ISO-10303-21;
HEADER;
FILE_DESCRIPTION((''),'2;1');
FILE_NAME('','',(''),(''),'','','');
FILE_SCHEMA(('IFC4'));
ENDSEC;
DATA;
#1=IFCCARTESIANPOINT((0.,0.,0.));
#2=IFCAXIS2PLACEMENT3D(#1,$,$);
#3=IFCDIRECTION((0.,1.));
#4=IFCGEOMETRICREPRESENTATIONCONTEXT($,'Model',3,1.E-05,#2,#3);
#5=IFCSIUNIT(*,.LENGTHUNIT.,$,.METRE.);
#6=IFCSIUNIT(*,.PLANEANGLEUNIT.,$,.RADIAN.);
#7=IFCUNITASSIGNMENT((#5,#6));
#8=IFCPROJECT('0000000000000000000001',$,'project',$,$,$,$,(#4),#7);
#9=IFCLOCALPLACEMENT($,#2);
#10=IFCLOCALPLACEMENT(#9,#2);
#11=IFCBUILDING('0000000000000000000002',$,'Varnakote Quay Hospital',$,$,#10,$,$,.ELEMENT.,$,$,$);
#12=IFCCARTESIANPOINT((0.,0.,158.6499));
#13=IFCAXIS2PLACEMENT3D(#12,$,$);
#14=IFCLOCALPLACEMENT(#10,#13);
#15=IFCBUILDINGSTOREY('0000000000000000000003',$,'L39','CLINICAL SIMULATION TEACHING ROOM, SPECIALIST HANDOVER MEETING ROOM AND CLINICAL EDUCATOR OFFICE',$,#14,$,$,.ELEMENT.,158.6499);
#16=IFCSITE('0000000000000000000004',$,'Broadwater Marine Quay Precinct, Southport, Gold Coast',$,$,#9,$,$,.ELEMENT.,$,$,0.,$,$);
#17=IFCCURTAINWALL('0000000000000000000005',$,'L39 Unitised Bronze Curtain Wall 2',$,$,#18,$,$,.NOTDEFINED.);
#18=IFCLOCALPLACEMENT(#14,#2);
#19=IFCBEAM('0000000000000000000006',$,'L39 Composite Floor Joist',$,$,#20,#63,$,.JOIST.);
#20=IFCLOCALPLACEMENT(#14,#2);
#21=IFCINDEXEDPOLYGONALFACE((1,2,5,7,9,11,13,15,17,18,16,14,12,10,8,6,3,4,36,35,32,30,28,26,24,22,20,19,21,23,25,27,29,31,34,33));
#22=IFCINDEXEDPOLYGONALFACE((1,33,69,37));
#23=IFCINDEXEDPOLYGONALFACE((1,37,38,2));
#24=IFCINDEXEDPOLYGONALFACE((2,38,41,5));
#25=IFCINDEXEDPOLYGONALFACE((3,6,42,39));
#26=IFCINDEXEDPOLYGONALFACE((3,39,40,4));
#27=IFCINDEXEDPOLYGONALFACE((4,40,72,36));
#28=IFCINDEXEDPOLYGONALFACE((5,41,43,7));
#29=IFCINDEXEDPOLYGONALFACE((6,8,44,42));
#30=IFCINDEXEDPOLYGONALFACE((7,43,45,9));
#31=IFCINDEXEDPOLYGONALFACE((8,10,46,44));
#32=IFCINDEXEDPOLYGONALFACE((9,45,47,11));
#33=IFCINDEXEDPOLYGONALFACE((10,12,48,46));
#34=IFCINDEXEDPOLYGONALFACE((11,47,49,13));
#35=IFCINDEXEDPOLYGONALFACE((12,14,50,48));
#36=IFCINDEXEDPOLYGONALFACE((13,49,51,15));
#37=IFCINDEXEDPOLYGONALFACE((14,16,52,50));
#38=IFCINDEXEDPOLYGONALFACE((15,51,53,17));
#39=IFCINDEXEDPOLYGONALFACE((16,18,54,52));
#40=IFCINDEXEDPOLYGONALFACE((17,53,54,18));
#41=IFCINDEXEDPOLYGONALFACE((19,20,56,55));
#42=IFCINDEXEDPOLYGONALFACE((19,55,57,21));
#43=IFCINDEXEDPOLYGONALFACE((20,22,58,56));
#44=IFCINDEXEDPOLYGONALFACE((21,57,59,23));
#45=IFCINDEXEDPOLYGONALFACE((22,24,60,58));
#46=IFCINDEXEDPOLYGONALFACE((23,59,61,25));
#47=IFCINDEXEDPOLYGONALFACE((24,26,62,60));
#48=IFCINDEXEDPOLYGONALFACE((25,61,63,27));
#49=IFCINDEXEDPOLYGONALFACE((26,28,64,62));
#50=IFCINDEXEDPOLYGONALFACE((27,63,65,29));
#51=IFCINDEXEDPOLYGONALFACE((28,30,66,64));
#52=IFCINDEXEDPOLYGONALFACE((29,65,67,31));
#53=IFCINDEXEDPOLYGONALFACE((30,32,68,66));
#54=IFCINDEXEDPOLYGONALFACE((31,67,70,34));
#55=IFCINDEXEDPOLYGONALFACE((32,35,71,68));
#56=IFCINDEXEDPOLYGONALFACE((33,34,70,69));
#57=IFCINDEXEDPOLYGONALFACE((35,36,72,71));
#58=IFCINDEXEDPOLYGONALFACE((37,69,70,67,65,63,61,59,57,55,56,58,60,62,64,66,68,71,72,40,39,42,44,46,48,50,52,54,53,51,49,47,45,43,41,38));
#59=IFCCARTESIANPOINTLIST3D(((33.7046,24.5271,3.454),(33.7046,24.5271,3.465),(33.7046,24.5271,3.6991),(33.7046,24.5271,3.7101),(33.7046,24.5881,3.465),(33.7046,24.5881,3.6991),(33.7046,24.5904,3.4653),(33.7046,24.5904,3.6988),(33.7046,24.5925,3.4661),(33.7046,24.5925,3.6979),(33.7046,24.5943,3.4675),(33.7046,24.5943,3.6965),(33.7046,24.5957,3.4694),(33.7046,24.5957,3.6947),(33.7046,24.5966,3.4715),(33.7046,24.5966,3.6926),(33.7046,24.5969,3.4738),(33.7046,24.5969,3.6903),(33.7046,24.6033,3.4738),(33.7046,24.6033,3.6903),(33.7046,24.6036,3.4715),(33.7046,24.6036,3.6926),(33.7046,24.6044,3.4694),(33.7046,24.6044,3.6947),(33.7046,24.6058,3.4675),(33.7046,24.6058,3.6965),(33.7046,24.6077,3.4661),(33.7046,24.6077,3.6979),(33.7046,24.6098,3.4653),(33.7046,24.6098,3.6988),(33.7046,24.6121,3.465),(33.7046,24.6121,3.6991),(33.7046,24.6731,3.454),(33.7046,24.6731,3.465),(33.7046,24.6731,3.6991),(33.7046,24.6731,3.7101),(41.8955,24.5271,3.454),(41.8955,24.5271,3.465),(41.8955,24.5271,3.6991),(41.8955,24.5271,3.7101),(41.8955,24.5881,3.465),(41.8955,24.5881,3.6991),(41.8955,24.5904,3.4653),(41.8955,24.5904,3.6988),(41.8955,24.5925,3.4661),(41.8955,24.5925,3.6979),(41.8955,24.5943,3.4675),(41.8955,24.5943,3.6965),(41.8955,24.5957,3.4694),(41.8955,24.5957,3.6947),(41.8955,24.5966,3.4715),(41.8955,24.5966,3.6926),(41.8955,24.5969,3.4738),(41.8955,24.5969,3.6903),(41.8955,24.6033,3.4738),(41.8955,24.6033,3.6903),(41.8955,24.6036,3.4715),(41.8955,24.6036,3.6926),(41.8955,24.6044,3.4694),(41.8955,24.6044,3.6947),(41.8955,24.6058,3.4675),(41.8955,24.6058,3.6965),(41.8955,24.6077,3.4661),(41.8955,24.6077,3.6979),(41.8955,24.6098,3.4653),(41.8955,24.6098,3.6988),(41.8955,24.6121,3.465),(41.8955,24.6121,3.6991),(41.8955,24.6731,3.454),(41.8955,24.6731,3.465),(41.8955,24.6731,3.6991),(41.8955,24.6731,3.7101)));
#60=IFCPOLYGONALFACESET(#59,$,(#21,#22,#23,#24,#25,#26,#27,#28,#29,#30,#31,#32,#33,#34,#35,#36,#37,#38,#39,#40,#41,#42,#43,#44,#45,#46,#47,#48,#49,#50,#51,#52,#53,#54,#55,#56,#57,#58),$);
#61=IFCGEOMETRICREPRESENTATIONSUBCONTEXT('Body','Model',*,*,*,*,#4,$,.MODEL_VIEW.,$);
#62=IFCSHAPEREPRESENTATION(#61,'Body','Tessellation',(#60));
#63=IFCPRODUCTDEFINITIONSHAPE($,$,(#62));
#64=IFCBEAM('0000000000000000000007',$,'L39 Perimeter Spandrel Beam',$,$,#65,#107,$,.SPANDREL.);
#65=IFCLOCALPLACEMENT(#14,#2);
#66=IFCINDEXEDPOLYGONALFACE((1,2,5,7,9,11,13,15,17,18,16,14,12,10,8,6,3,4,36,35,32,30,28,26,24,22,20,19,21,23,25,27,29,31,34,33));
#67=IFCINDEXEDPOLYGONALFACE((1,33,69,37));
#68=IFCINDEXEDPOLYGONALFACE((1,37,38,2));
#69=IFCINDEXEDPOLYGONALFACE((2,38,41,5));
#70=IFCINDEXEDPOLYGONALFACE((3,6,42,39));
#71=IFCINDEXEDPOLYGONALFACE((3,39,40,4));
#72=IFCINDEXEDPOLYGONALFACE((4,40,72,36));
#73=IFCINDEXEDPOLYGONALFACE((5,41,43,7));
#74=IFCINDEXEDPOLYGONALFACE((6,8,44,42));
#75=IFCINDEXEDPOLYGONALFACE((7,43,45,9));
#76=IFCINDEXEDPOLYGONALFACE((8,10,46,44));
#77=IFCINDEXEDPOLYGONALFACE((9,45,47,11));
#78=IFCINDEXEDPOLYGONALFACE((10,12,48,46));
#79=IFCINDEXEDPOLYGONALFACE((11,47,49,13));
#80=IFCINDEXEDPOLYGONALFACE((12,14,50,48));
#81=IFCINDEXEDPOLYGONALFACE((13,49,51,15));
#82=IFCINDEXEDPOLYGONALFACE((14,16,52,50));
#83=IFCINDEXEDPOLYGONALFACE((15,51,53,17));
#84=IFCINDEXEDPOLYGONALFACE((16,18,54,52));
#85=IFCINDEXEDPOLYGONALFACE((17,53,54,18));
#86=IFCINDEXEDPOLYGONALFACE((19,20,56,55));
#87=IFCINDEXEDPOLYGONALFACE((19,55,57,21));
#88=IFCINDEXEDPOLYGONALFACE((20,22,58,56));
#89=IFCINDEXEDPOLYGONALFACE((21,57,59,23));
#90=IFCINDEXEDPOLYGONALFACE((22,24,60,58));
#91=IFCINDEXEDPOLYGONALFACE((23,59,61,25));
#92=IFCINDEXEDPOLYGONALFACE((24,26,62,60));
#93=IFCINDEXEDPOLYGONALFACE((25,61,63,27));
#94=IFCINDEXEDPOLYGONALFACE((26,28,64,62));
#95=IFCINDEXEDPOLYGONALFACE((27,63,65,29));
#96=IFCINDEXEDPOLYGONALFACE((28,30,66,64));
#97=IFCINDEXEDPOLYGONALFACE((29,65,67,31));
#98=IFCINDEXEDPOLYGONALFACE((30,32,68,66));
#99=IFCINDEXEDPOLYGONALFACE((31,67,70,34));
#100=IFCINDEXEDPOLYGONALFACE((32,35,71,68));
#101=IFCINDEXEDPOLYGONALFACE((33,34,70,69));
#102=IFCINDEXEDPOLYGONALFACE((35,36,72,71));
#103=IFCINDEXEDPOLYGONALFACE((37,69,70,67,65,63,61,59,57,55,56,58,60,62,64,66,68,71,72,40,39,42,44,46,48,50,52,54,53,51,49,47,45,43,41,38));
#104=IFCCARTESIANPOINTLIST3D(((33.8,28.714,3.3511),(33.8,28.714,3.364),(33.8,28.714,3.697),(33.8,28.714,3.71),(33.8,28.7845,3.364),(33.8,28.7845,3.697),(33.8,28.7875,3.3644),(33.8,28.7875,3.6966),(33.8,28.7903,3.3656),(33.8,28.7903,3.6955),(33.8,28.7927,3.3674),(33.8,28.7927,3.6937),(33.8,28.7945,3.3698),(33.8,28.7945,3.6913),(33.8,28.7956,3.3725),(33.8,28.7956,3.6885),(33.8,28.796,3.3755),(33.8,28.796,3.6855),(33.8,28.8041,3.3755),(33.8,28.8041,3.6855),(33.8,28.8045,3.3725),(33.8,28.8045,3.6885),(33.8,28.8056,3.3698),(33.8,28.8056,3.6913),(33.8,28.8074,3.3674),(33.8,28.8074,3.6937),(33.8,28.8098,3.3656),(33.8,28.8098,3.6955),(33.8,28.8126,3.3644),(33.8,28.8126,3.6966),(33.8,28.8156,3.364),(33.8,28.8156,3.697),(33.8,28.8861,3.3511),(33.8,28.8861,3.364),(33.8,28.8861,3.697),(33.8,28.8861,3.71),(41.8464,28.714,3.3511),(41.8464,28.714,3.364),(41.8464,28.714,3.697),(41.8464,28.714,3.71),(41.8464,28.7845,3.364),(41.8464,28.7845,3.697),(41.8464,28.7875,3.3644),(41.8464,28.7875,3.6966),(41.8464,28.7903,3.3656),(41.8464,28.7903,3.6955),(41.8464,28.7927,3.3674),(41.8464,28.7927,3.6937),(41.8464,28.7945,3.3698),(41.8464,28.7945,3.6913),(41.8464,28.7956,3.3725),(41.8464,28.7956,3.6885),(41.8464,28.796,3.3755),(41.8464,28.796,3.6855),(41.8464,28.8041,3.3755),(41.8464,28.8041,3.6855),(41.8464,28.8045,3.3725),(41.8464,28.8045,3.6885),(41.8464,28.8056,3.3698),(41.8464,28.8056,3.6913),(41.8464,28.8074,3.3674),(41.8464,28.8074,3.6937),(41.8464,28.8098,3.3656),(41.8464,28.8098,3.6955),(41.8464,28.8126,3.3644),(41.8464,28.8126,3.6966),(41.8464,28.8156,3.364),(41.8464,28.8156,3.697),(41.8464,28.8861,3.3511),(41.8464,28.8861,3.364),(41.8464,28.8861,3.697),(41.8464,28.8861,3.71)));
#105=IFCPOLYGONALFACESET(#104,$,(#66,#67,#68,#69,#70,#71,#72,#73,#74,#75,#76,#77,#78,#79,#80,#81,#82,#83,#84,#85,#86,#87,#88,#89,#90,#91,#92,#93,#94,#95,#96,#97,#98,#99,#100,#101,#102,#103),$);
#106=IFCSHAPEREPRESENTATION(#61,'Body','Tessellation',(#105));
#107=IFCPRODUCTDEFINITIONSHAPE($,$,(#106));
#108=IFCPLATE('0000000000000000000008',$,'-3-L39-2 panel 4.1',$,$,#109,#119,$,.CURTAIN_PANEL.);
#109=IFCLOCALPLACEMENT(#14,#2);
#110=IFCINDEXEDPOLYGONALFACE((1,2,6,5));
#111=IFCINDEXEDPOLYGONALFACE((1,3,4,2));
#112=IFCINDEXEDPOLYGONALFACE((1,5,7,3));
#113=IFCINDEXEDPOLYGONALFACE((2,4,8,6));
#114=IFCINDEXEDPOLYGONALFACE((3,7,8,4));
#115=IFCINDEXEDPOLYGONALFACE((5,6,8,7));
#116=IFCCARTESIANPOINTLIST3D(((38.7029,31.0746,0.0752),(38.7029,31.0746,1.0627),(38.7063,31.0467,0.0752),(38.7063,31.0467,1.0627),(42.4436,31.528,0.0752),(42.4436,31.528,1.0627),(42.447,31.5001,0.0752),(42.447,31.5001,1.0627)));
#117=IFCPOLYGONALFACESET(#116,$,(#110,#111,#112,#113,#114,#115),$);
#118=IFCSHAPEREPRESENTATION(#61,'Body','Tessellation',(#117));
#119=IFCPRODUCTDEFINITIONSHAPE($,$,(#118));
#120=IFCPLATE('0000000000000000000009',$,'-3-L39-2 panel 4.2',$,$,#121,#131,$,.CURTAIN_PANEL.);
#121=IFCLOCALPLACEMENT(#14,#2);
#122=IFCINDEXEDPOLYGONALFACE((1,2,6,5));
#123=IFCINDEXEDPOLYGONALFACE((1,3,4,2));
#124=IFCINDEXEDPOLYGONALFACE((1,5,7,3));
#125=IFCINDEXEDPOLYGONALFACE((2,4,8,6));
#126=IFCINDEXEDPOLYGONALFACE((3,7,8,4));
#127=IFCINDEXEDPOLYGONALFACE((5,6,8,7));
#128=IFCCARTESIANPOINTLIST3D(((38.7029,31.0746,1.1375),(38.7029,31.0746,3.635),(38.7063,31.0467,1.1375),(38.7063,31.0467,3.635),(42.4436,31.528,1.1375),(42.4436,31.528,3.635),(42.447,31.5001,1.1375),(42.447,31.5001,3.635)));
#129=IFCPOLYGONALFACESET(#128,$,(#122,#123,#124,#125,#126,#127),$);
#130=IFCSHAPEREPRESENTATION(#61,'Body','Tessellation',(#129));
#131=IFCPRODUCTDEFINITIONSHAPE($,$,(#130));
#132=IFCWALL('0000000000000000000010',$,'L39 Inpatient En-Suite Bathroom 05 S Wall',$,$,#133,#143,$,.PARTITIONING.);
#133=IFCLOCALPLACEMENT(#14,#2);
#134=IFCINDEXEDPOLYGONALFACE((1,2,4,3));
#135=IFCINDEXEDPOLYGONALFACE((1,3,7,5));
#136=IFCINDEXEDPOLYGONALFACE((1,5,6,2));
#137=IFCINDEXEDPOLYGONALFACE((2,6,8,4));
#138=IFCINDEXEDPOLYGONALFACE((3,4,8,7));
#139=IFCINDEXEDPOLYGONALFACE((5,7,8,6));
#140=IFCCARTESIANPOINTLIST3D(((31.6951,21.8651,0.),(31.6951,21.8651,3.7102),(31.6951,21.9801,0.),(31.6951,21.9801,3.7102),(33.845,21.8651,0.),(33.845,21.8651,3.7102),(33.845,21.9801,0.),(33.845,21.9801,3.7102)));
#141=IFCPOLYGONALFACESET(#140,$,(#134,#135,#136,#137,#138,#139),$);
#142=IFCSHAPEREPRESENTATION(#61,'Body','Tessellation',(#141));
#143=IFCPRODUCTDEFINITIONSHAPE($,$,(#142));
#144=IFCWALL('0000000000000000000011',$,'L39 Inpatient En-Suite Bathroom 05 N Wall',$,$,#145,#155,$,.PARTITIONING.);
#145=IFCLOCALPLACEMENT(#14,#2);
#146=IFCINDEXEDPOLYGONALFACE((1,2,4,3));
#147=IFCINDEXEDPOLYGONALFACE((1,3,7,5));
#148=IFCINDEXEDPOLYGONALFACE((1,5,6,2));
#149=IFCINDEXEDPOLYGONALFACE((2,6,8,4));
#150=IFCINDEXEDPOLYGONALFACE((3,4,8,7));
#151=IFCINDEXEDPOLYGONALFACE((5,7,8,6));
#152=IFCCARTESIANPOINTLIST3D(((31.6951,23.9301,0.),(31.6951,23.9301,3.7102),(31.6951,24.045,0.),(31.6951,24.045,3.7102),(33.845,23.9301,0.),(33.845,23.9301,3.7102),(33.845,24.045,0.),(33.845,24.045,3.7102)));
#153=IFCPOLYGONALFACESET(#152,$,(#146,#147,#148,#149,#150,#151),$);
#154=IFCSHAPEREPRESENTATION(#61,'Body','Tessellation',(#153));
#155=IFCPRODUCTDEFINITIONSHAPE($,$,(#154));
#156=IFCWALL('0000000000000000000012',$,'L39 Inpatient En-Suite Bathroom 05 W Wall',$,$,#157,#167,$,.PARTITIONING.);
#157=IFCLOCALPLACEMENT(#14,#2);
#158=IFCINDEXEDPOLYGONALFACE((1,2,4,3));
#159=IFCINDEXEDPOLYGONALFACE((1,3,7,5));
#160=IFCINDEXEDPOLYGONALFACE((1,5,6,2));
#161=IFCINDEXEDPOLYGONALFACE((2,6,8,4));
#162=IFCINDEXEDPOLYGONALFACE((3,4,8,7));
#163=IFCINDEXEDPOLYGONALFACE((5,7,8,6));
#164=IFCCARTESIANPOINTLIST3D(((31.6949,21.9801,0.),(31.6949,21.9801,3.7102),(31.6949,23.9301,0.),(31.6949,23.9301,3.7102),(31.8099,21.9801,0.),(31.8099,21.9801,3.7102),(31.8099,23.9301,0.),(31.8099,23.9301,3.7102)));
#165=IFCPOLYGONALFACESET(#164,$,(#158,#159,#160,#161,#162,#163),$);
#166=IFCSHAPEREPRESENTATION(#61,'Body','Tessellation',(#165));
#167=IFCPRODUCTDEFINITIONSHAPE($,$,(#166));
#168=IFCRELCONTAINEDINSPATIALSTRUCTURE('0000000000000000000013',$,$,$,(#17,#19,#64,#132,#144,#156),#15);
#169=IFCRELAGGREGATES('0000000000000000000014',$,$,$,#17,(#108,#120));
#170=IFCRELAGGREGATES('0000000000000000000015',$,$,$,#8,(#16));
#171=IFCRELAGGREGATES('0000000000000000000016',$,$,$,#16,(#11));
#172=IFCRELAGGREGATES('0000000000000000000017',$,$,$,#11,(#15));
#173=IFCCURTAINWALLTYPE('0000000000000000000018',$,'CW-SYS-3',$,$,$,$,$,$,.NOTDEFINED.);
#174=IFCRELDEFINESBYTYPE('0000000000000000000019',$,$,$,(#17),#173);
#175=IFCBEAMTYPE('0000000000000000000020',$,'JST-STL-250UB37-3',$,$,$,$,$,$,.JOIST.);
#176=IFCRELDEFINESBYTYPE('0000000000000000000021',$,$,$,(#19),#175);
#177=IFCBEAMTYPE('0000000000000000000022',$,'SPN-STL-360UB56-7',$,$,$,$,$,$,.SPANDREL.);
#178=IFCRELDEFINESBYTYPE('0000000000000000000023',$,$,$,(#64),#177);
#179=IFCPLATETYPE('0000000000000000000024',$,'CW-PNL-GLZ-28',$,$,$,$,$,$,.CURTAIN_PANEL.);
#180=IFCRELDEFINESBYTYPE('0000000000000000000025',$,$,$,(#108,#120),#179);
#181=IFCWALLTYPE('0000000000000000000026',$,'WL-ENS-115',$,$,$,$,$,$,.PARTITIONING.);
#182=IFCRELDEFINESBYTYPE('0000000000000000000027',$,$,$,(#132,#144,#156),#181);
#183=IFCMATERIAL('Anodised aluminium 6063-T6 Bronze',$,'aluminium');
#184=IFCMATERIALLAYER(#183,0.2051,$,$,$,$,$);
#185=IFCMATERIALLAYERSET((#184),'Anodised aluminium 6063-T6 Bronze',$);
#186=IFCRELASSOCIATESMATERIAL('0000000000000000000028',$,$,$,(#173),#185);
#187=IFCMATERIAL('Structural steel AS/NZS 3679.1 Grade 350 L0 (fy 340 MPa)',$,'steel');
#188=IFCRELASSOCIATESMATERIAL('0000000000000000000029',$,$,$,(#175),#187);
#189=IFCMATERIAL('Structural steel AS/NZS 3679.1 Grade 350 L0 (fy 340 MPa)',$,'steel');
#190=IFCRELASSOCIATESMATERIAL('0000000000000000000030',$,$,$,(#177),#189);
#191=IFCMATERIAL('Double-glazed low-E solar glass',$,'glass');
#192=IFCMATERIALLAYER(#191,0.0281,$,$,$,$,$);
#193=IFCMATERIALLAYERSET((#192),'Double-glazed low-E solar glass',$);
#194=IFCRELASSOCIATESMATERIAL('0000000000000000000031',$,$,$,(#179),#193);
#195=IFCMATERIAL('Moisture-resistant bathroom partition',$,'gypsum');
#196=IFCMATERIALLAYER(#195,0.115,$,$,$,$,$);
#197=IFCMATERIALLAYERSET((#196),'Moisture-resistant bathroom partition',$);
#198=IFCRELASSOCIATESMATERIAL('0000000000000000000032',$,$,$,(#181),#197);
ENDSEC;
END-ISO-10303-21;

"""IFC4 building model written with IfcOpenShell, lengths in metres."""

from ifc_helpers import new_model, si_unit, direction, frame, frame_2d, origin, origin_2d, place, context, subcontext, project, spatial, rectangle, i_section, extrude, material, layer, layer_set, material_profile, profile_set, type_object, element, aggregate, save


model = new_model("IFC4")

# Units and contexts
model_context = context("Model", 3, precision=1e-05, world=origin(), true_north=direction((0.0, 1.0)))
body_context = subcontext(model_context, "Body", "Model", "MODEL_VIEW")
ifc_project = project(units=[si_unit("LENGTHUNIT", "METRE"), si_unit("PLANEANGLEUNIT", "RADIAN")], contexts=[model_context])

# Site, building, storey
site_placement = place(None, origin())
site = spatial("IfcSite", under=ifc_project, at=site_placement, Name="Broadwater Marine Quay Precinct, Southport, Gold Coast", CompositionType="ELEMENT", RefElevation=0.0)
building_placement = place(site_placement, origin())
building = spatial("IfcBuilding", under=site, at=building_placement, Name="Varnakote Quay Hospital", CompositionType="ELEMENT")
storey_placement = place(building_placement, frame((0.0, 0.0, 158.6499)))
storey = spatial("IfcBuildingStorey", under=building, at=storey_placement, Name="L39", Description="CLINICAL SIMULATION TEACHING ROOM, SPECIALIST HANDOVER MEETING ROOM AND CLINICAL EDUCATOR OFFICE", CompositionType="ELEMENT", Elevation=158.6499)

# Curtain wall
ifc_material_1 = material(Name="Anodised aluminium 6063-T6 Bronze", Category="aluminium")
ifc_layer_1 = layer(ifc_material_1, 0.2051)
ifc_layer_set_1 = layer_set([ifc_layer_1], Name="Anodised aluminium 6063-T6 Bronze")
curtain_wall_type = type_object("IfcCurtainWallType", Name="CW-SYS-3", PredefinedType="NOTDEFINED", material=ifc_layer_set_1)
curtain_wall_placement = place(storey_placement, origin())
curtain_wall = element("IfcCurtainWall", 1, at=curtain_wall_placement, inside=storey, type_object=curtain_wall_type, Name="L39 Unitised Bronze Curtain Wall 2", PredefinedType="NOTDEFINED")

# Beams
ifc_material_2 = material(Name="Structural steel AS/NZS 3679.1 Grade 350 L0 (fy 340 MPa)", Category="steel")
ifc_material_profile_1 = material_profile(ifc_material_2, i_section(OverallWidth=0.146, OverallDepth=0.2561, WebThickness=0.0063, FlangeThickness=0.011, FilletRadius=0.0088, at=origin_2d()), Name="250UB37.3")
ifc_profile_set_1 = profile_set([ifc_material_profile_1], Name="Structural steel AS/NZS 3679.1 Grade 350 L0 (fy 340 MPa)")
beam_type_1 = type_object("IfcBeamType", Name="JST-STL-250UB37-3", PredefinedType="JOIST", material=ifc_profile_set_1)
beam_1_placement = place(storey_placement, frame((33.7046, 24.6001, 3.582), z_axis=(1.0, 0.0, 0.0), x_axis=(0.0, 1.0, 0.0)))
element("IfcBeam", 2, at=beam_1_placement, inside=storey, type_object=beam_type_1, Name="L39 Composite Floor Joist", PredefinedType="JOIST", context=body_context, shape_type="SweptSolid", body=[
    extrude(i_section(OverallWidth=0.146, OverallDepth=0.2561, WebThickness=0.0063, FlangeThickness=0.011, FilletRadius=0.0088, at=origin_2d()), origin(), (0.0, 0.0, 1.0), 8.1909),
])
ifc_material_3 = material(Name="Structural steel AS/NZS 3679.1 Grade 350 L0 (fy 340 MPa)", Category="steel")
ifc_material_profile_2 = material_profile(ifc_material_3, i_section(OverallWidth=0.1721, OverallDepth=0.3589, WebThickness=0.0081, FlangeThickness=0.0129, FilletRadius=0.0115, at=origin_2d()), Name="360UB56.7")
ifc_profile_set_2 = profile_set([ifc_material_profile_2], Name="Structural steel AS/NZS 3679.1 Grade 350 L0 (fy 340 MPa)")
beam_type_2 = type_object("IfcBeamType", Name="SPN-STL-360UB56-7", PredefinedType="SPANDREL", material=ifc_profile_set_2)
beam_2_placement = place(storey_placement, frame((33.8, 28.8, 3.5305), z_axis=(1.0, 0.0, 0.0), x_axis=(0.0, 1.0, 0.0)))
element("IfcBeam", 3, at=beam_2_placement, inside=storey, type_object=beam_type_2, Name="L39 Perimeter Spandrel Beam", PredefinedType="SPANDREL", context=body_context, shape_type="SweptSolid", body=[
    extrude(i_section(OverallWidth=0.1721, OverallDepth=0.3589, WebThickness=0.0081, FlangeThickness=0.0129, FilletRadius=0.0115, at=origin_2d()), origin(), (0.0, 0.0, 1.0), 8.0464),
])

# Plates
ifc_material_4 = material(Name="Double-glazed low-E solar glass", Category="glass")
ifc_layer_2 = layer(ifc_material_4, 0.0281)
ifc_layer_set_2 = layer_set([ifc_layer_2], Name="Double-glazed low-E solar glass")
plate_type = type_object("IfcPlateType", Name="CW-PNL-GLZ-28", PredefinedType="CURTAIN_PANEL", material=ifc_layer_set_2)
plate_1_placement = place(storey_placement, frame((40.575, 31.2874, 0.0752), z_axis=(0.0, 0.0, 1.0), x_axis=(-0.992734, -0.120327, 0.0)))
plate_1 = element("IfcPlate", 4, at=plate_1_placement, type_object=plate_type, Name="-3-L39-2 panel 4.1", PredefinedType="CURTAIN_PANEL", context=body_context, shape_type="SweptSolid", body=[
    extrude(rectangle(XDim=3.7681, YDim=0.0281, at=origin_2d()), origin(), (0.0, 0.0, 1.0), 0.9875),
])
plate_2_placement = place(storey_placement, frame((40.575, 31.2874, 1.1375), z_axis=(0.0, 0.0, 1.0), x_axis=(-0.992734, -0.120327, 0.0)))
plate_2 = element("IfcPlate", 5, at=plate_2_placement, type_object=plate_type, Name="-3-L39-2 panel 4.2", PredefinedType="CURTAIN_PANEL", context=body_context, shape_type="SweptSolid", body=[
    extrude(rectangle(XDim=3.7681, YDim=0.0281, at=origin_2d()), origin(), (0.0, 0.0, 1.0), 2.4976),
])
aggregate(curtain_wall, [plate_1, plate_2])

# Walls
ifc_material_5 = material(Name="Moisture-resistant bathroom partition", Category="gypsum")
ifc_layer_3 = layer(ifc_material_5, 0.115)
ifc_layer_set_3 = layer_set([ifc_layer_3], Name="Moisture-resistant bathroom partition")
wall_type_1 = type_object("IfcWallType", Name="WL-ENS-115", PredefinedType="PARTITIONING", material=ifc_layer_set_3)
for number, where, z_axis, x_axis, name in (
    (6, (31.6951, 21.9226, 0.0), (0.0, 0.0, 1.0), (1.0, 0.0, 0.0), "L39 Inpatient En-Suite Bathroom 05 S Wall"),
    (7, (31.6951, 23.9875, 0.0), (0.0, 0.0, 1.0), (1.0, 0.0, 0.0), "L39 Inpatient En-Suite Bathroom 05 N Wall"),
):
    element("IfcWall", number, at=place(storey_placement, frame(where, z_axis=z_axis, x_axis=x_axis)), inside=storey, type_object=wall_type_1, Name=name, PredefinedType="PARTITIONING", context=body_context, shape_type="SweptSolid", body=[
        extrude(rectangle(XDim=2.1499, YDim=0.115, at=frame_2d((1.075, 0.0))), origin(), (0.0, 0.0, 1.0), 3.7102),
    ])
wall_1_placement = place(storey_placement, frame((31.7524, 21.98, 0.0), z_axis=(0.0, 0.0, 1.0), x_axis=(0.0, 1.0, 0.0)))
element("IfcWall", 8, at=wall_1_placement, inside=storey, type_object=wall_type_1, Name="L39 Inpatient En-Suite Bathroom 05 W Wall", PredefinedType="PARTITIONING", context=body_context, shape_type="SweptSolid", body=[
    extrude(rectangle(XDim=1.95, YDim=0.115, at=frame_2d((0.9751, 0.0))), origin(), (0.0, 0.0, 1.0), 3.7102),
])

save(model, "model.ifc")
